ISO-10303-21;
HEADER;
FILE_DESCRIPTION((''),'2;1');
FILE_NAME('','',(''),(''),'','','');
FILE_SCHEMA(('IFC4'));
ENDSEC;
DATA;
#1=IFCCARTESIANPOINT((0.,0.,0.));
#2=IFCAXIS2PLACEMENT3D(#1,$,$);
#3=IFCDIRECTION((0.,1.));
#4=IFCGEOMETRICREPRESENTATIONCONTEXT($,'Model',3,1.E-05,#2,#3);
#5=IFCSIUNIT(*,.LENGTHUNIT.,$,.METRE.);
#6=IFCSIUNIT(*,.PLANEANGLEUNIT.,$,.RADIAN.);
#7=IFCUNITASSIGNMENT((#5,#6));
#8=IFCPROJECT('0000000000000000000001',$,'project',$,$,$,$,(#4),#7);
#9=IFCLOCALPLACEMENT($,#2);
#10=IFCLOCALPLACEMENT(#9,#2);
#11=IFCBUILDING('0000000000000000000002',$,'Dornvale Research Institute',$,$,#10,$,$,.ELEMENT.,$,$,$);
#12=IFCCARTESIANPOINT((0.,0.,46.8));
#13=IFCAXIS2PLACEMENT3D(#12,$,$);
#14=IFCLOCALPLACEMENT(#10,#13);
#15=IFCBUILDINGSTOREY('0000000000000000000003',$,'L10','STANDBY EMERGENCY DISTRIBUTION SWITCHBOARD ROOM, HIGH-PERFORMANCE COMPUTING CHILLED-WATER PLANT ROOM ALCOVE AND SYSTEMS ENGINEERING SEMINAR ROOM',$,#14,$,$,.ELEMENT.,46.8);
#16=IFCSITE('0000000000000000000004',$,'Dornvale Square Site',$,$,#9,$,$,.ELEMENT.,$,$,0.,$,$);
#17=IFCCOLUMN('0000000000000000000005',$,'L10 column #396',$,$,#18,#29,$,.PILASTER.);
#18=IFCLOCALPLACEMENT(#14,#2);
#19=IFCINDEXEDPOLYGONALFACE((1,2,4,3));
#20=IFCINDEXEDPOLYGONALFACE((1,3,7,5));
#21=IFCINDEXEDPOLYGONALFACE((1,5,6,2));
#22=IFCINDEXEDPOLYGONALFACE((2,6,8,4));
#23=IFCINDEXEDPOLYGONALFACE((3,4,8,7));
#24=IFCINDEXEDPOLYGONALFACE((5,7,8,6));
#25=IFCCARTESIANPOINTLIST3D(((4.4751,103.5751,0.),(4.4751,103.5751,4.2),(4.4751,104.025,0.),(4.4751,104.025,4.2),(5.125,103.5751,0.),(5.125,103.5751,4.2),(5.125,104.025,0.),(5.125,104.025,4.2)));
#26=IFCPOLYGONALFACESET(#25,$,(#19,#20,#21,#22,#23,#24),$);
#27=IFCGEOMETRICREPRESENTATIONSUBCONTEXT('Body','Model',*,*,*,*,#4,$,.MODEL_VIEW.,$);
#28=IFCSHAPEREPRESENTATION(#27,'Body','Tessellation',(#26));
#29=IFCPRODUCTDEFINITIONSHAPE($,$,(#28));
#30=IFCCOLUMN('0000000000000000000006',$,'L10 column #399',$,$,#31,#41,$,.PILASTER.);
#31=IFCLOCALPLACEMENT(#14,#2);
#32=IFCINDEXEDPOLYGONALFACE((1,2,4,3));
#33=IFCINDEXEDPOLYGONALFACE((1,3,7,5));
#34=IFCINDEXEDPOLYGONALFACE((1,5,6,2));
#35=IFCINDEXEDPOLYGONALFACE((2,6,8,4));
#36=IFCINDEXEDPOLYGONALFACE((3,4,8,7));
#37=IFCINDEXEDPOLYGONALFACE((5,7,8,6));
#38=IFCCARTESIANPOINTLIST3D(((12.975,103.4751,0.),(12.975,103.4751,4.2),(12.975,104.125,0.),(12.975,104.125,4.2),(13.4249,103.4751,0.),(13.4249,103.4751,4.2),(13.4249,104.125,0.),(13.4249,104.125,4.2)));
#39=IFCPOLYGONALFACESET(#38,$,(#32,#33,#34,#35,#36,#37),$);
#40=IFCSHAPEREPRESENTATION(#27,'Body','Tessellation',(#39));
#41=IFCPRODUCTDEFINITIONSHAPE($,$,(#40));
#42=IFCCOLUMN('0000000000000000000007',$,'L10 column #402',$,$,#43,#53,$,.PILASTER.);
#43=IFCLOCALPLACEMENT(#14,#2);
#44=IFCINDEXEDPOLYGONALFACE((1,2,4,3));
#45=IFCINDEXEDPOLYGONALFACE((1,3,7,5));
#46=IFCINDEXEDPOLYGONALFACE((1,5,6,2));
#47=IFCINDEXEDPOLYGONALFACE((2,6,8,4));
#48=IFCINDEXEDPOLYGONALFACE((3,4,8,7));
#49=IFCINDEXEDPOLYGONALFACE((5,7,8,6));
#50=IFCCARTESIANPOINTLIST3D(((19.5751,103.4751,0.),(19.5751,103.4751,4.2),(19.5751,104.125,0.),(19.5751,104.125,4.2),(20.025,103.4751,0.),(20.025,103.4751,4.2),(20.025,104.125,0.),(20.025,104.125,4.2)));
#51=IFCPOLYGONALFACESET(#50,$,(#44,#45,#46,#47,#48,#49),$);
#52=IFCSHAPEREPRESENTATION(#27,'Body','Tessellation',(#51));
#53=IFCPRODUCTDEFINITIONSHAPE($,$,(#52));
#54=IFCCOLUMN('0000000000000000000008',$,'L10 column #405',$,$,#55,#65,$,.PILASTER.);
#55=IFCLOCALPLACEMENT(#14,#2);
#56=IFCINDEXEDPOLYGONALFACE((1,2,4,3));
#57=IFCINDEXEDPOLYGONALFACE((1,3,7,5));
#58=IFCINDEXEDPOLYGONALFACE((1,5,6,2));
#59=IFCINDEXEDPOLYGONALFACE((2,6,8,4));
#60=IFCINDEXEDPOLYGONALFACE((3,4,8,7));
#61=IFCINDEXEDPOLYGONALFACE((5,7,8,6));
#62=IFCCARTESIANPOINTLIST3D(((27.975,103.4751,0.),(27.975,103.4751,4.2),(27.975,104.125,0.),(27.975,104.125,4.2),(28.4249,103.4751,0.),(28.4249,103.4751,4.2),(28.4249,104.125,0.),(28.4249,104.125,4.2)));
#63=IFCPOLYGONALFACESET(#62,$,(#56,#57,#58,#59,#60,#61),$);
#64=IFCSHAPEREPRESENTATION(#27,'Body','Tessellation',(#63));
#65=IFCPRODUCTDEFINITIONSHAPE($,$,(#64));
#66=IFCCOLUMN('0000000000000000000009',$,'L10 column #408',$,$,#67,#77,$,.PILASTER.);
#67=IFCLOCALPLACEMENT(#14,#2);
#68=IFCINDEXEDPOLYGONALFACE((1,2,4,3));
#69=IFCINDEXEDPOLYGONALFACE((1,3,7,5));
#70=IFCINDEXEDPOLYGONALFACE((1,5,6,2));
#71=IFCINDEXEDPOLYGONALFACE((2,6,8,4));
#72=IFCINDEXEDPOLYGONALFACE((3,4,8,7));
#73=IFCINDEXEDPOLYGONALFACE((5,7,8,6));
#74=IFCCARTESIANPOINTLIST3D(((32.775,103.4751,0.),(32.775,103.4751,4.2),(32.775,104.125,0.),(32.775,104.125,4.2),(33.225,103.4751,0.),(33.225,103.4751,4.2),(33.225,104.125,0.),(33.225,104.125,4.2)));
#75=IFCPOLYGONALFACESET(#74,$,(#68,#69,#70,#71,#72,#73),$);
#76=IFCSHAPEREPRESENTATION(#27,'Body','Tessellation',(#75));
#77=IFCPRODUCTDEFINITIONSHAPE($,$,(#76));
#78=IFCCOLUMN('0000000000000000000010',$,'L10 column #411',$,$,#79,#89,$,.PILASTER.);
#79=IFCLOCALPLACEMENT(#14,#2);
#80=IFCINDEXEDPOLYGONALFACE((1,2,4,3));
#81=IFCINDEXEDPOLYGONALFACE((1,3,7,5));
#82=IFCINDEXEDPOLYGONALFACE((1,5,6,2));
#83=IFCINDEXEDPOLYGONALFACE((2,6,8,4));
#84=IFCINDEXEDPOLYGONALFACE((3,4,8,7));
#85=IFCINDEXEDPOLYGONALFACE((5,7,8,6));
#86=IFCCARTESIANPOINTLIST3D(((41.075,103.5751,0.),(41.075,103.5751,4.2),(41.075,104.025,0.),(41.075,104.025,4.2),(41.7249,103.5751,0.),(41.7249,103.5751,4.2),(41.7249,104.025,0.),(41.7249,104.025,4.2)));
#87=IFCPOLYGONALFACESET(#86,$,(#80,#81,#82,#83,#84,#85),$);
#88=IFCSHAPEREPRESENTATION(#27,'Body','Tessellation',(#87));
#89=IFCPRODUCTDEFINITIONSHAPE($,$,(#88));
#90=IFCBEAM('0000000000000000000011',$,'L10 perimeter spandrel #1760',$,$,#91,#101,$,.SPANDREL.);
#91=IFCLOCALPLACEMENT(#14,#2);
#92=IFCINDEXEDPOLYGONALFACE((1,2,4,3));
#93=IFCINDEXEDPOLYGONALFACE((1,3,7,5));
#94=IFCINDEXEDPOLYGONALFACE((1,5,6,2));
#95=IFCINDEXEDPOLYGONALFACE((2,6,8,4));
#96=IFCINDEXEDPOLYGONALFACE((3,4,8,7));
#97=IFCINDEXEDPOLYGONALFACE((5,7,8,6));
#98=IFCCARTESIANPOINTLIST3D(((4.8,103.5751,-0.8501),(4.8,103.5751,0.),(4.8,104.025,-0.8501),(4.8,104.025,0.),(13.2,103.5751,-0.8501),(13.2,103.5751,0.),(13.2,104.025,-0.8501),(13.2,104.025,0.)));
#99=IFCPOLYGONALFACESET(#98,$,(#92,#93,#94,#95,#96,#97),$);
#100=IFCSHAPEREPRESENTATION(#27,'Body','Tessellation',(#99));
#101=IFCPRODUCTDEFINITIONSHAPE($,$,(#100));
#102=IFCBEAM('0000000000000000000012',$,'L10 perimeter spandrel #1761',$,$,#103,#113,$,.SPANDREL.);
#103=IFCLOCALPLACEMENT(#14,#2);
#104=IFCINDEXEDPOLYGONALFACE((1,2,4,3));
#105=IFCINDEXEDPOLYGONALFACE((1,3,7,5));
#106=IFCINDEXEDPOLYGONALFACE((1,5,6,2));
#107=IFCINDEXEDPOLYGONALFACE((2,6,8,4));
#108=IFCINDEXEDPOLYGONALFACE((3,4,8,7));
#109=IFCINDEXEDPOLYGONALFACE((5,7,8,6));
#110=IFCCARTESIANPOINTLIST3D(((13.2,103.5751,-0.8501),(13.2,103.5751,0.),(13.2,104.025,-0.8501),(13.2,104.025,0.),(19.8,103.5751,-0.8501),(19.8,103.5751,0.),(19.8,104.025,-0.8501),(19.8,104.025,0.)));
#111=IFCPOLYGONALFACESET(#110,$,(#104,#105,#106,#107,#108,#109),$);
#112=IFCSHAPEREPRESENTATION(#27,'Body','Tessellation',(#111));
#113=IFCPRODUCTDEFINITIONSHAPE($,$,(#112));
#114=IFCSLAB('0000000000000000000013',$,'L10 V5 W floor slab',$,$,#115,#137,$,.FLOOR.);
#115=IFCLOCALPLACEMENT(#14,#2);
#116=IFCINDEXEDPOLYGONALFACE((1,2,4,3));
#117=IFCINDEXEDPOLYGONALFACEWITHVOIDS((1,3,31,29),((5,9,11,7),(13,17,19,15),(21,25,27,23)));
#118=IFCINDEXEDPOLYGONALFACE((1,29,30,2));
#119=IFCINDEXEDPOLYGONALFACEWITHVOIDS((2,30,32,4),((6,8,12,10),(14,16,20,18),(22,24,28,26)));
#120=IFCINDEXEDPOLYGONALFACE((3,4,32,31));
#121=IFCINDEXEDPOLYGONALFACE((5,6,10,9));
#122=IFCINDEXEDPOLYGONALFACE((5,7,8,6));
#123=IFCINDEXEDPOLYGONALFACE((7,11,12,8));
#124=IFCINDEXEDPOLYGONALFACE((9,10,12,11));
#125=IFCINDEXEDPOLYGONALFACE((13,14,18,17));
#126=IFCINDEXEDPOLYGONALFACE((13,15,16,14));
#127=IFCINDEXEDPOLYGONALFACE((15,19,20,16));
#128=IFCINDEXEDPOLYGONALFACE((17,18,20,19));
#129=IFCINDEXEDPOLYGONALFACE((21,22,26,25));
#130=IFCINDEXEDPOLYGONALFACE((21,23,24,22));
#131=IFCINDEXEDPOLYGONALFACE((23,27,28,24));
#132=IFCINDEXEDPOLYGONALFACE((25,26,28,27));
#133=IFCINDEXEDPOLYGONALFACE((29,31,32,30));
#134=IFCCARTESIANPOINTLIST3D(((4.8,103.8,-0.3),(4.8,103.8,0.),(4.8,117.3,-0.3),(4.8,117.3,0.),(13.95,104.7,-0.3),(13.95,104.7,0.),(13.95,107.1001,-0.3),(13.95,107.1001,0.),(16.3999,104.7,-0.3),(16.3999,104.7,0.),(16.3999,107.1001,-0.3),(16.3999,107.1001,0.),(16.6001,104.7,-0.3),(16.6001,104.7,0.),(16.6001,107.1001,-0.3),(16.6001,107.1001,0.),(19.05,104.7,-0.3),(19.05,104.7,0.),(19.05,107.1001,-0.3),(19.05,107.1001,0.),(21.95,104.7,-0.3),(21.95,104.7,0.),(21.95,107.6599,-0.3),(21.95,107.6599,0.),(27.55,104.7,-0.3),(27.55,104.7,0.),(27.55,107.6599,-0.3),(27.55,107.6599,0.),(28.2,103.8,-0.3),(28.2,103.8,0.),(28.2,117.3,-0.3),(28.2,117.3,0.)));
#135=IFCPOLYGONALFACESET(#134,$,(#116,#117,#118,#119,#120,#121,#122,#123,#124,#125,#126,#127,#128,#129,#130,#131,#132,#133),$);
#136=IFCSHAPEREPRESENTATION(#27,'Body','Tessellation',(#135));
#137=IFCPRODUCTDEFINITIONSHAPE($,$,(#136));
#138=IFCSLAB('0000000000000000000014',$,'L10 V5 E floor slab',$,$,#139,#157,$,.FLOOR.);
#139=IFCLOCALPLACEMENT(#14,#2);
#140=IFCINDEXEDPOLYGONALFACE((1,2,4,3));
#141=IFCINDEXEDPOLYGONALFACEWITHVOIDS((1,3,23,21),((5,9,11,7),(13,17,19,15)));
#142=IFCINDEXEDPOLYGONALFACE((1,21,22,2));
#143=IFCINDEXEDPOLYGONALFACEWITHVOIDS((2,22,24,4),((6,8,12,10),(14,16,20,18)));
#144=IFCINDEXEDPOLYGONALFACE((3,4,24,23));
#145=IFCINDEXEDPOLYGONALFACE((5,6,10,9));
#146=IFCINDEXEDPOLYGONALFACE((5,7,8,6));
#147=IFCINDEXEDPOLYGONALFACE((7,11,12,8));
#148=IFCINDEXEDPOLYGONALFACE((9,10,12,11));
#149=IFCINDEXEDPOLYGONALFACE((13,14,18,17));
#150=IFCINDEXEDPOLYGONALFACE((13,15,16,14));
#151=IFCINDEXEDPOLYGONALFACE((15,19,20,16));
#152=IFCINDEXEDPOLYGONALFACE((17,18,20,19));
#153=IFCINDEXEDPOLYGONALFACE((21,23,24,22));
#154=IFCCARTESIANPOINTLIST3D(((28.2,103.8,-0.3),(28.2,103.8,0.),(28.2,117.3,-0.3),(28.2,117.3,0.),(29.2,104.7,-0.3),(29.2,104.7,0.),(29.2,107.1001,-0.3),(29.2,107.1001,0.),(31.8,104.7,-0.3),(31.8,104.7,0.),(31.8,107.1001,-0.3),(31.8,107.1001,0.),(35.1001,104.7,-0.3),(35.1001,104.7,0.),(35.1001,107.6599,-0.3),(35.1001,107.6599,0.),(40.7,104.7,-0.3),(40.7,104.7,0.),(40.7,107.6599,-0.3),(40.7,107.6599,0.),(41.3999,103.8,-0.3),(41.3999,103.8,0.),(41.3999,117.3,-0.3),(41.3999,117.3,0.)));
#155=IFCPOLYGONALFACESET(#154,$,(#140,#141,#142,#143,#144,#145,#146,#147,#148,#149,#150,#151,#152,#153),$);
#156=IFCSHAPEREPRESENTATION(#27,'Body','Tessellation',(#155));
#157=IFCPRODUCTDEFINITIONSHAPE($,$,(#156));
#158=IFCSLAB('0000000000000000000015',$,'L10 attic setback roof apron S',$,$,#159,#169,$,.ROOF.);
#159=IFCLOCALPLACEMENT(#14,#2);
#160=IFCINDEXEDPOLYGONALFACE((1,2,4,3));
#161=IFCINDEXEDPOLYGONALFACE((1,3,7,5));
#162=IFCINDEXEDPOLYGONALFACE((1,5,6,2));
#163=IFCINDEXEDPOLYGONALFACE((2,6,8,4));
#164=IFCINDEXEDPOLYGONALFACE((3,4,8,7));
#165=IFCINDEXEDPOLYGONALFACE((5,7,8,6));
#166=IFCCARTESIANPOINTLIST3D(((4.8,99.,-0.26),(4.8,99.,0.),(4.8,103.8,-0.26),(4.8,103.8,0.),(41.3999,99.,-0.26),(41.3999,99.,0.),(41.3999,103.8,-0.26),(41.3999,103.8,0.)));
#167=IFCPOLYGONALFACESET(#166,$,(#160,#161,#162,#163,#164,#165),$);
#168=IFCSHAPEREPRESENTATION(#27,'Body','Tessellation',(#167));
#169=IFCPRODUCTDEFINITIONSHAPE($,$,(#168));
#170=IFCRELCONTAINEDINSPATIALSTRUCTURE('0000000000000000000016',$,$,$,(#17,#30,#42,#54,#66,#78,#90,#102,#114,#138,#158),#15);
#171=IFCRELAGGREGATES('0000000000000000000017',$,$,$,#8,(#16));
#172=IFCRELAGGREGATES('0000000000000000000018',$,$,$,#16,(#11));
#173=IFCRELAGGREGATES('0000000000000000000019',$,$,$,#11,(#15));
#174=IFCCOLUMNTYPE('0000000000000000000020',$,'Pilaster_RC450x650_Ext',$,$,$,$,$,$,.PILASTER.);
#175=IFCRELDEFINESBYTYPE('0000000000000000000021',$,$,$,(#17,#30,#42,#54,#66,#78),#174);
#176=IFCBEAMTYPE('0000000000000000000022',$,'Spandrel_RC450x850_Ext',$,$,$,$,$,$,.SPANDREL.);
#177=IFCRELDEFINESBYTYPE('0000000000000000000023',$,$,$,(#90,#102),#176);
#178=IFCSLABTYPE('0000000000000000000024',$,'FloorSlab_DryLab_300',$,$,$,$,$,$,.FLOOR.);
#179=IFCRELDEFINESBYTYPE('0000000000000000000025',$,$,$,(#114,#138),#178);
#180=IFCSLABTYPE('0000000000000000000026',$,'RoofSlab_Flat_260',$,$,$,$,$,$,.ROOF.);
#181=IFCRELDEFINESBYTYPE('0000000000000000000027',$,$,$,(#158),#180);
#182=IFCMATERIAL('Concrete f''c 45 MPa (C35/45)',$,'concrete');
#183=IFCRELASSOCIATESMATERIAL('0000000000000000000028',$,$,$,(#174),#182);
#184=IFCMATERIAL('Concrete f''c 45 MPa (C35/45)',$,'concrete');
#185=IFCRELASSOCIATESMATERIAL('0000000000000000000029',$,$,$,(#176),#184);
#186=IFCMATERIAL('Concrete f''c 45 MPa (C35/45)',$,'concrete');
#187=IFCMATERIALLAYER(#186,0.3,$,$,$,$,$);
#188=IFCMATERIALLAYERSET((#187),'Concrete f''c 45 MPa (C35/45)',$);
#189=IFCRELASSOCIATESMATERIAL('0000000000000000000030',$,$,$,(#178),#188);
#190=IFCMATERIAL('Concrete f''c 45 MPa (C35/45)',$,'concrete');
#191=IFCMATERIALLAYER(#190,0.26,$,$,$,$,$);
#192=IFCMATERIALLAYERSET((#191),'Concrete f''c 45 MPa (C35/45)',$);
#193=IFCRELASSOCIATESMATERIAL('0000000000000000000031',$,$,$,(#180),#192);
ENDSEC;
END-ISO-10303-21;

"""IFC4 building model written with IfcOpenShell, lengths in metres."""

from ifc_helpers import new_model, si_unit, direction, frame, origin, origin_2d, place, context, subcontext, project, spatial, polyline, rectangle, outline, extrude, material, layer, layer_set, material_profile, profile_set, type_object, element, save


model = new_model("IFC4")

# Units and contexts
model_context = context("Model", 3, precision=1e-05, world=origin(), true_north=direction((0.0, 1.0)))
body_context = subcontext(model_context, "Body", "Model", "MODEL_VIEW")
ifc_project = project(units=[si_unit("LENGTHUNIT", "METRE"), si_unit("PLANEANGLEUNIT", "RADIAN")], contexts=[model_context])

# Site, building, storey
site_placement = place(None, origin())
site = spatial("IfcSite", under=ifc_project, at=site_placement, Name="Dornvale Square Site", CompositionType="ELEMENT", RefElevation=0.0)
building_placement = place(site_placement, origin())
building = spatial("IfcBuilding", under=site, at=building_placement, Name="Dornvale Research Institute", CompositionType="ELEMENT")
storey_placement = place(building_placement, frame((0.0, 0.0, 46.8)))
storey = spatial("IfcBuildingStorey", under=building, at=storey_placement, Name="L10", Description="STANDBY EMERGENCY DISTRIBUTION SWITCHBOARD ROOM, HIGH-PERFORMANCE COMPUTING CHILLED-WATER PLANT ROOM ALCOVE AND SYSTEMS ENGINEERING SEMINAR ROOM", CompositionType="ELEMENT", Elevation=46.8)

# Columns
ifc_material_1 = material(Name="Concrete f'c 45 MPa (C35/45)", Category="concrete")
ifc_material_profile_1 = material_profile(ifc_material_1, rectangle(XDim=0.45, YDim=0.6499, at=origin_2d()), Name="RC 450x650")
ifc_profile_set_1 = profile_set([ifc_material_profile_1], Name="Concrete f'c 45 MPa (C35/45)")
column_type = type_object("IfcColumnType", Name="Pilaster_RC450x650_Ext", PredefinedType="PILASTER", material=ifc_profile_set_1)
for number, where, z_axis, x_axis, name in (
    (1, (4.8, 103.8, 0.0), (0.0, 0.0, 1.0), (0.0, 1.0, 0.0), "L10 column #396"),
    (2, (13.2, 103.8, 0.0), (0.0, 0.0, 1.0), (1.0, 0.0, 0.0), "L10 column #399"),
    (3, (19.8, 103.8, 0.0), (0.0, 0.0, 1.0), (1.0, 0.0, 0.0), "L10 column #402"),
    (4, (28.2, 103.8, 0.0), (0.0, 0.0, 1.0), (1.0, 0.0, 0.0), "L10 column #405"),
    (5, (33.0, 103.8, 0.0), (0.0, 0.0, 1.0), (1.0, 0.0, 0.0), "L10 column #408"),
    (6, (41.3999, 103.8, 0.0), (0.0, 0.0, 1.0), (0.0, 1.0, 0.0), "L10 column #411"),
):
    element("IfcColumn", number, at=place(storey_placement, frame(where, z_axis=z_axis, x_axis=x_axis)), inside=storey, type_object=column_type, Name=name, PredefinedType="PILASTER", context=body_context, shape_type="SweptSolid", body=[
        extrude(rectangle(XDim=0.45, YDim=0.6499, at=origin_2d()), origin(), (0.0, 0.0, 1.0), 4.2),
    ])

# Beams
ifc_material_2 = material(Name="Concrete f'c 45 MPa (C35/45)", Category="concrete")
ifc_material_profile_2 = material_profile(ifc_material_2, rectangle(XDim=0.45, YDim=0.8501, at=origin_2d()), Name="RC 450x850")
ifc_profile_set_2 = profile_set([ifc_material_profile_2], Name="Concrete f'c 45 MPa (C35/45)")
beam_type = type_object("IfcBeamType", Name="Spandrel_RC450x850_Ext", PredefinedType="SPANDREL", material=ifc_profile_set_2)
beam_1_placement = place(storey_placement, frame((4.8, 103.8, -0.425), z_axis=(1.0, 0.0, 0.0), x_axis=(0.0, 1.0, 0.0)))
element("IfcBeam", 7, at=beam_1_placement, inside=storey, type_object=beam_type, Name="L10 perimeter spandrel #1760", PredefinedType="SPANDREL", context=body_context, shape_type="SweptSolid", body=[
    extrude(rectangle(XDim=0.45, YDim=0.8501, at=origin_2d()), origin(), (0.0, 0.0, 1.0), 8.3999),
])
beam_2_placement = place(storey_placement, frame((13.2, 103.8, -0.425), z_axis=(1.0, 0.0, 0.0), x_axis=(0.0, 1.0, 0.0)))
element("IfcBeam", 8, at=beam_2_placement, inside=storey, type_object=beam_type, Name="L10 perimeter spandrel #1761", PredefinedType="SPANDREL", context=body_context, shape_type="SweptSolid", body=[
    extrude(rectangle(XDim=0.45, YDim=0.8501, at=origin_2d()), origin(), (0.0, 0.0, 1.0), 6.6001),
])

# Slabs
ifc_material_3 = material(Name="Concrete f'c 45 MPa (C35/45)", Category="concrete")
ifc_layer_1 = layer(ifc_material_3, 0.3)
ifc_layer_set_1 = layer_set([ifc_layer_1], Name="Concrete f'c 45 MPa (C35/45)")
slab_type_1 = type_object("IfcSlabType", Name="FloorSlab_DryLab_300", PredefinedType="FLOOR", material=ifc_layer_set_1)
slab_1_placement = place(storey_placement, frame((0.0, 0.0, -0.3)))
element("IfcSlab", 9, at=slab_1_placement, inside=storey, type_object=slab_type_1, Name="L10 V5 W floor slab", PredefinedType="FLOOR", context=body_context, shape_type="SweptSolid", body=[
    extrude(outline(polyline([(4.8, 103.8), (4.8, 117.3), (28.2, 117.3), (28.2, 103.8), (4.8, 103.8)]), holes=[polyline([(21.95, 104.7), (27.55, 104.7), (27.55, 107.6599), (21.95, 107.6599), (21.95, 104.7)]), polyline([(13.95, 104.7), (16.3999, 104.7), (16.3999, 107.1001), (13.95, 107.1001), (13.95, 104.7)]), polyline([(16.6001, 104.7), (19.05, 104.7), (19.05, 107.1001), (16.6001, 107.1001), (16.6001, 104.7)])]), origin(), (0.0, 0.0, 1.0), 0.3),
])
slab_2_placement = place(storey_placement, frame((0.0, 0.0, -0.3)))
element("IfcSlab", 10, at=slab_2_placement, inside=storey, type_object=slab_type_1, Name="L10 V5 E floor slab", PredefinedType="FLOOR", context=body_context, shape_type="SweptSolid", body=[
    extrude(outline(polyline([(41.3999, 117.3), (41.3999, 103.8), (28.2, 103.8), (28.2, 117.3), (41.3999, 117.3)]), holes=[polyline([(35.1001, 104.7), (40.7, 104.7), (40.7, 107.6599), (35.1001, 107.6599), (35.1001, 104.7)]), polyline([(29.2, 104.7), (31.8, 104.7), (31.8, 107.1001), (29.2, 107.1001), (29.2, 104.7)])]), origin(), (0.0, 0.0, 1.0), 0.3),
])
ifc_material_4 = material(Name="Concrete f'c 45 MPa (C35/45)", Category="concrete")
ifc_layer_2 = layer(ifc_material_4, 0.26)
ifc_layer_set_2 = layer_set([ifc_layer_2], Name="Concrete f'c 45 MPa (C35/45)")
slab_type_2 = type_object("IfcSlabType", Name="RoofSlab_Flat_260", PredefinedType="ROOF", material=ifc_layer_set_2)
slab_3_placement = place(storey_placement, frame((0.0, 0.0, -0.26)))
element("IfcSlab", 11, at=slab_3_placement, inside=storey, type_object=slab_type_2, Name="L10 attic setback roof apron S", PredefinedType="ROOF", context=body_context, shape_type="SweptSolid", body=[
    extrude(outline(polyline([(4.8, 99.0), (41.3999, 99.0), (41.3999, 103.8), (4.8, 103.8), (4.8, 99.0)])), origin(), (0.0, 0.0, 1.0), 0.26),
])

save(model, "model.ifc")
